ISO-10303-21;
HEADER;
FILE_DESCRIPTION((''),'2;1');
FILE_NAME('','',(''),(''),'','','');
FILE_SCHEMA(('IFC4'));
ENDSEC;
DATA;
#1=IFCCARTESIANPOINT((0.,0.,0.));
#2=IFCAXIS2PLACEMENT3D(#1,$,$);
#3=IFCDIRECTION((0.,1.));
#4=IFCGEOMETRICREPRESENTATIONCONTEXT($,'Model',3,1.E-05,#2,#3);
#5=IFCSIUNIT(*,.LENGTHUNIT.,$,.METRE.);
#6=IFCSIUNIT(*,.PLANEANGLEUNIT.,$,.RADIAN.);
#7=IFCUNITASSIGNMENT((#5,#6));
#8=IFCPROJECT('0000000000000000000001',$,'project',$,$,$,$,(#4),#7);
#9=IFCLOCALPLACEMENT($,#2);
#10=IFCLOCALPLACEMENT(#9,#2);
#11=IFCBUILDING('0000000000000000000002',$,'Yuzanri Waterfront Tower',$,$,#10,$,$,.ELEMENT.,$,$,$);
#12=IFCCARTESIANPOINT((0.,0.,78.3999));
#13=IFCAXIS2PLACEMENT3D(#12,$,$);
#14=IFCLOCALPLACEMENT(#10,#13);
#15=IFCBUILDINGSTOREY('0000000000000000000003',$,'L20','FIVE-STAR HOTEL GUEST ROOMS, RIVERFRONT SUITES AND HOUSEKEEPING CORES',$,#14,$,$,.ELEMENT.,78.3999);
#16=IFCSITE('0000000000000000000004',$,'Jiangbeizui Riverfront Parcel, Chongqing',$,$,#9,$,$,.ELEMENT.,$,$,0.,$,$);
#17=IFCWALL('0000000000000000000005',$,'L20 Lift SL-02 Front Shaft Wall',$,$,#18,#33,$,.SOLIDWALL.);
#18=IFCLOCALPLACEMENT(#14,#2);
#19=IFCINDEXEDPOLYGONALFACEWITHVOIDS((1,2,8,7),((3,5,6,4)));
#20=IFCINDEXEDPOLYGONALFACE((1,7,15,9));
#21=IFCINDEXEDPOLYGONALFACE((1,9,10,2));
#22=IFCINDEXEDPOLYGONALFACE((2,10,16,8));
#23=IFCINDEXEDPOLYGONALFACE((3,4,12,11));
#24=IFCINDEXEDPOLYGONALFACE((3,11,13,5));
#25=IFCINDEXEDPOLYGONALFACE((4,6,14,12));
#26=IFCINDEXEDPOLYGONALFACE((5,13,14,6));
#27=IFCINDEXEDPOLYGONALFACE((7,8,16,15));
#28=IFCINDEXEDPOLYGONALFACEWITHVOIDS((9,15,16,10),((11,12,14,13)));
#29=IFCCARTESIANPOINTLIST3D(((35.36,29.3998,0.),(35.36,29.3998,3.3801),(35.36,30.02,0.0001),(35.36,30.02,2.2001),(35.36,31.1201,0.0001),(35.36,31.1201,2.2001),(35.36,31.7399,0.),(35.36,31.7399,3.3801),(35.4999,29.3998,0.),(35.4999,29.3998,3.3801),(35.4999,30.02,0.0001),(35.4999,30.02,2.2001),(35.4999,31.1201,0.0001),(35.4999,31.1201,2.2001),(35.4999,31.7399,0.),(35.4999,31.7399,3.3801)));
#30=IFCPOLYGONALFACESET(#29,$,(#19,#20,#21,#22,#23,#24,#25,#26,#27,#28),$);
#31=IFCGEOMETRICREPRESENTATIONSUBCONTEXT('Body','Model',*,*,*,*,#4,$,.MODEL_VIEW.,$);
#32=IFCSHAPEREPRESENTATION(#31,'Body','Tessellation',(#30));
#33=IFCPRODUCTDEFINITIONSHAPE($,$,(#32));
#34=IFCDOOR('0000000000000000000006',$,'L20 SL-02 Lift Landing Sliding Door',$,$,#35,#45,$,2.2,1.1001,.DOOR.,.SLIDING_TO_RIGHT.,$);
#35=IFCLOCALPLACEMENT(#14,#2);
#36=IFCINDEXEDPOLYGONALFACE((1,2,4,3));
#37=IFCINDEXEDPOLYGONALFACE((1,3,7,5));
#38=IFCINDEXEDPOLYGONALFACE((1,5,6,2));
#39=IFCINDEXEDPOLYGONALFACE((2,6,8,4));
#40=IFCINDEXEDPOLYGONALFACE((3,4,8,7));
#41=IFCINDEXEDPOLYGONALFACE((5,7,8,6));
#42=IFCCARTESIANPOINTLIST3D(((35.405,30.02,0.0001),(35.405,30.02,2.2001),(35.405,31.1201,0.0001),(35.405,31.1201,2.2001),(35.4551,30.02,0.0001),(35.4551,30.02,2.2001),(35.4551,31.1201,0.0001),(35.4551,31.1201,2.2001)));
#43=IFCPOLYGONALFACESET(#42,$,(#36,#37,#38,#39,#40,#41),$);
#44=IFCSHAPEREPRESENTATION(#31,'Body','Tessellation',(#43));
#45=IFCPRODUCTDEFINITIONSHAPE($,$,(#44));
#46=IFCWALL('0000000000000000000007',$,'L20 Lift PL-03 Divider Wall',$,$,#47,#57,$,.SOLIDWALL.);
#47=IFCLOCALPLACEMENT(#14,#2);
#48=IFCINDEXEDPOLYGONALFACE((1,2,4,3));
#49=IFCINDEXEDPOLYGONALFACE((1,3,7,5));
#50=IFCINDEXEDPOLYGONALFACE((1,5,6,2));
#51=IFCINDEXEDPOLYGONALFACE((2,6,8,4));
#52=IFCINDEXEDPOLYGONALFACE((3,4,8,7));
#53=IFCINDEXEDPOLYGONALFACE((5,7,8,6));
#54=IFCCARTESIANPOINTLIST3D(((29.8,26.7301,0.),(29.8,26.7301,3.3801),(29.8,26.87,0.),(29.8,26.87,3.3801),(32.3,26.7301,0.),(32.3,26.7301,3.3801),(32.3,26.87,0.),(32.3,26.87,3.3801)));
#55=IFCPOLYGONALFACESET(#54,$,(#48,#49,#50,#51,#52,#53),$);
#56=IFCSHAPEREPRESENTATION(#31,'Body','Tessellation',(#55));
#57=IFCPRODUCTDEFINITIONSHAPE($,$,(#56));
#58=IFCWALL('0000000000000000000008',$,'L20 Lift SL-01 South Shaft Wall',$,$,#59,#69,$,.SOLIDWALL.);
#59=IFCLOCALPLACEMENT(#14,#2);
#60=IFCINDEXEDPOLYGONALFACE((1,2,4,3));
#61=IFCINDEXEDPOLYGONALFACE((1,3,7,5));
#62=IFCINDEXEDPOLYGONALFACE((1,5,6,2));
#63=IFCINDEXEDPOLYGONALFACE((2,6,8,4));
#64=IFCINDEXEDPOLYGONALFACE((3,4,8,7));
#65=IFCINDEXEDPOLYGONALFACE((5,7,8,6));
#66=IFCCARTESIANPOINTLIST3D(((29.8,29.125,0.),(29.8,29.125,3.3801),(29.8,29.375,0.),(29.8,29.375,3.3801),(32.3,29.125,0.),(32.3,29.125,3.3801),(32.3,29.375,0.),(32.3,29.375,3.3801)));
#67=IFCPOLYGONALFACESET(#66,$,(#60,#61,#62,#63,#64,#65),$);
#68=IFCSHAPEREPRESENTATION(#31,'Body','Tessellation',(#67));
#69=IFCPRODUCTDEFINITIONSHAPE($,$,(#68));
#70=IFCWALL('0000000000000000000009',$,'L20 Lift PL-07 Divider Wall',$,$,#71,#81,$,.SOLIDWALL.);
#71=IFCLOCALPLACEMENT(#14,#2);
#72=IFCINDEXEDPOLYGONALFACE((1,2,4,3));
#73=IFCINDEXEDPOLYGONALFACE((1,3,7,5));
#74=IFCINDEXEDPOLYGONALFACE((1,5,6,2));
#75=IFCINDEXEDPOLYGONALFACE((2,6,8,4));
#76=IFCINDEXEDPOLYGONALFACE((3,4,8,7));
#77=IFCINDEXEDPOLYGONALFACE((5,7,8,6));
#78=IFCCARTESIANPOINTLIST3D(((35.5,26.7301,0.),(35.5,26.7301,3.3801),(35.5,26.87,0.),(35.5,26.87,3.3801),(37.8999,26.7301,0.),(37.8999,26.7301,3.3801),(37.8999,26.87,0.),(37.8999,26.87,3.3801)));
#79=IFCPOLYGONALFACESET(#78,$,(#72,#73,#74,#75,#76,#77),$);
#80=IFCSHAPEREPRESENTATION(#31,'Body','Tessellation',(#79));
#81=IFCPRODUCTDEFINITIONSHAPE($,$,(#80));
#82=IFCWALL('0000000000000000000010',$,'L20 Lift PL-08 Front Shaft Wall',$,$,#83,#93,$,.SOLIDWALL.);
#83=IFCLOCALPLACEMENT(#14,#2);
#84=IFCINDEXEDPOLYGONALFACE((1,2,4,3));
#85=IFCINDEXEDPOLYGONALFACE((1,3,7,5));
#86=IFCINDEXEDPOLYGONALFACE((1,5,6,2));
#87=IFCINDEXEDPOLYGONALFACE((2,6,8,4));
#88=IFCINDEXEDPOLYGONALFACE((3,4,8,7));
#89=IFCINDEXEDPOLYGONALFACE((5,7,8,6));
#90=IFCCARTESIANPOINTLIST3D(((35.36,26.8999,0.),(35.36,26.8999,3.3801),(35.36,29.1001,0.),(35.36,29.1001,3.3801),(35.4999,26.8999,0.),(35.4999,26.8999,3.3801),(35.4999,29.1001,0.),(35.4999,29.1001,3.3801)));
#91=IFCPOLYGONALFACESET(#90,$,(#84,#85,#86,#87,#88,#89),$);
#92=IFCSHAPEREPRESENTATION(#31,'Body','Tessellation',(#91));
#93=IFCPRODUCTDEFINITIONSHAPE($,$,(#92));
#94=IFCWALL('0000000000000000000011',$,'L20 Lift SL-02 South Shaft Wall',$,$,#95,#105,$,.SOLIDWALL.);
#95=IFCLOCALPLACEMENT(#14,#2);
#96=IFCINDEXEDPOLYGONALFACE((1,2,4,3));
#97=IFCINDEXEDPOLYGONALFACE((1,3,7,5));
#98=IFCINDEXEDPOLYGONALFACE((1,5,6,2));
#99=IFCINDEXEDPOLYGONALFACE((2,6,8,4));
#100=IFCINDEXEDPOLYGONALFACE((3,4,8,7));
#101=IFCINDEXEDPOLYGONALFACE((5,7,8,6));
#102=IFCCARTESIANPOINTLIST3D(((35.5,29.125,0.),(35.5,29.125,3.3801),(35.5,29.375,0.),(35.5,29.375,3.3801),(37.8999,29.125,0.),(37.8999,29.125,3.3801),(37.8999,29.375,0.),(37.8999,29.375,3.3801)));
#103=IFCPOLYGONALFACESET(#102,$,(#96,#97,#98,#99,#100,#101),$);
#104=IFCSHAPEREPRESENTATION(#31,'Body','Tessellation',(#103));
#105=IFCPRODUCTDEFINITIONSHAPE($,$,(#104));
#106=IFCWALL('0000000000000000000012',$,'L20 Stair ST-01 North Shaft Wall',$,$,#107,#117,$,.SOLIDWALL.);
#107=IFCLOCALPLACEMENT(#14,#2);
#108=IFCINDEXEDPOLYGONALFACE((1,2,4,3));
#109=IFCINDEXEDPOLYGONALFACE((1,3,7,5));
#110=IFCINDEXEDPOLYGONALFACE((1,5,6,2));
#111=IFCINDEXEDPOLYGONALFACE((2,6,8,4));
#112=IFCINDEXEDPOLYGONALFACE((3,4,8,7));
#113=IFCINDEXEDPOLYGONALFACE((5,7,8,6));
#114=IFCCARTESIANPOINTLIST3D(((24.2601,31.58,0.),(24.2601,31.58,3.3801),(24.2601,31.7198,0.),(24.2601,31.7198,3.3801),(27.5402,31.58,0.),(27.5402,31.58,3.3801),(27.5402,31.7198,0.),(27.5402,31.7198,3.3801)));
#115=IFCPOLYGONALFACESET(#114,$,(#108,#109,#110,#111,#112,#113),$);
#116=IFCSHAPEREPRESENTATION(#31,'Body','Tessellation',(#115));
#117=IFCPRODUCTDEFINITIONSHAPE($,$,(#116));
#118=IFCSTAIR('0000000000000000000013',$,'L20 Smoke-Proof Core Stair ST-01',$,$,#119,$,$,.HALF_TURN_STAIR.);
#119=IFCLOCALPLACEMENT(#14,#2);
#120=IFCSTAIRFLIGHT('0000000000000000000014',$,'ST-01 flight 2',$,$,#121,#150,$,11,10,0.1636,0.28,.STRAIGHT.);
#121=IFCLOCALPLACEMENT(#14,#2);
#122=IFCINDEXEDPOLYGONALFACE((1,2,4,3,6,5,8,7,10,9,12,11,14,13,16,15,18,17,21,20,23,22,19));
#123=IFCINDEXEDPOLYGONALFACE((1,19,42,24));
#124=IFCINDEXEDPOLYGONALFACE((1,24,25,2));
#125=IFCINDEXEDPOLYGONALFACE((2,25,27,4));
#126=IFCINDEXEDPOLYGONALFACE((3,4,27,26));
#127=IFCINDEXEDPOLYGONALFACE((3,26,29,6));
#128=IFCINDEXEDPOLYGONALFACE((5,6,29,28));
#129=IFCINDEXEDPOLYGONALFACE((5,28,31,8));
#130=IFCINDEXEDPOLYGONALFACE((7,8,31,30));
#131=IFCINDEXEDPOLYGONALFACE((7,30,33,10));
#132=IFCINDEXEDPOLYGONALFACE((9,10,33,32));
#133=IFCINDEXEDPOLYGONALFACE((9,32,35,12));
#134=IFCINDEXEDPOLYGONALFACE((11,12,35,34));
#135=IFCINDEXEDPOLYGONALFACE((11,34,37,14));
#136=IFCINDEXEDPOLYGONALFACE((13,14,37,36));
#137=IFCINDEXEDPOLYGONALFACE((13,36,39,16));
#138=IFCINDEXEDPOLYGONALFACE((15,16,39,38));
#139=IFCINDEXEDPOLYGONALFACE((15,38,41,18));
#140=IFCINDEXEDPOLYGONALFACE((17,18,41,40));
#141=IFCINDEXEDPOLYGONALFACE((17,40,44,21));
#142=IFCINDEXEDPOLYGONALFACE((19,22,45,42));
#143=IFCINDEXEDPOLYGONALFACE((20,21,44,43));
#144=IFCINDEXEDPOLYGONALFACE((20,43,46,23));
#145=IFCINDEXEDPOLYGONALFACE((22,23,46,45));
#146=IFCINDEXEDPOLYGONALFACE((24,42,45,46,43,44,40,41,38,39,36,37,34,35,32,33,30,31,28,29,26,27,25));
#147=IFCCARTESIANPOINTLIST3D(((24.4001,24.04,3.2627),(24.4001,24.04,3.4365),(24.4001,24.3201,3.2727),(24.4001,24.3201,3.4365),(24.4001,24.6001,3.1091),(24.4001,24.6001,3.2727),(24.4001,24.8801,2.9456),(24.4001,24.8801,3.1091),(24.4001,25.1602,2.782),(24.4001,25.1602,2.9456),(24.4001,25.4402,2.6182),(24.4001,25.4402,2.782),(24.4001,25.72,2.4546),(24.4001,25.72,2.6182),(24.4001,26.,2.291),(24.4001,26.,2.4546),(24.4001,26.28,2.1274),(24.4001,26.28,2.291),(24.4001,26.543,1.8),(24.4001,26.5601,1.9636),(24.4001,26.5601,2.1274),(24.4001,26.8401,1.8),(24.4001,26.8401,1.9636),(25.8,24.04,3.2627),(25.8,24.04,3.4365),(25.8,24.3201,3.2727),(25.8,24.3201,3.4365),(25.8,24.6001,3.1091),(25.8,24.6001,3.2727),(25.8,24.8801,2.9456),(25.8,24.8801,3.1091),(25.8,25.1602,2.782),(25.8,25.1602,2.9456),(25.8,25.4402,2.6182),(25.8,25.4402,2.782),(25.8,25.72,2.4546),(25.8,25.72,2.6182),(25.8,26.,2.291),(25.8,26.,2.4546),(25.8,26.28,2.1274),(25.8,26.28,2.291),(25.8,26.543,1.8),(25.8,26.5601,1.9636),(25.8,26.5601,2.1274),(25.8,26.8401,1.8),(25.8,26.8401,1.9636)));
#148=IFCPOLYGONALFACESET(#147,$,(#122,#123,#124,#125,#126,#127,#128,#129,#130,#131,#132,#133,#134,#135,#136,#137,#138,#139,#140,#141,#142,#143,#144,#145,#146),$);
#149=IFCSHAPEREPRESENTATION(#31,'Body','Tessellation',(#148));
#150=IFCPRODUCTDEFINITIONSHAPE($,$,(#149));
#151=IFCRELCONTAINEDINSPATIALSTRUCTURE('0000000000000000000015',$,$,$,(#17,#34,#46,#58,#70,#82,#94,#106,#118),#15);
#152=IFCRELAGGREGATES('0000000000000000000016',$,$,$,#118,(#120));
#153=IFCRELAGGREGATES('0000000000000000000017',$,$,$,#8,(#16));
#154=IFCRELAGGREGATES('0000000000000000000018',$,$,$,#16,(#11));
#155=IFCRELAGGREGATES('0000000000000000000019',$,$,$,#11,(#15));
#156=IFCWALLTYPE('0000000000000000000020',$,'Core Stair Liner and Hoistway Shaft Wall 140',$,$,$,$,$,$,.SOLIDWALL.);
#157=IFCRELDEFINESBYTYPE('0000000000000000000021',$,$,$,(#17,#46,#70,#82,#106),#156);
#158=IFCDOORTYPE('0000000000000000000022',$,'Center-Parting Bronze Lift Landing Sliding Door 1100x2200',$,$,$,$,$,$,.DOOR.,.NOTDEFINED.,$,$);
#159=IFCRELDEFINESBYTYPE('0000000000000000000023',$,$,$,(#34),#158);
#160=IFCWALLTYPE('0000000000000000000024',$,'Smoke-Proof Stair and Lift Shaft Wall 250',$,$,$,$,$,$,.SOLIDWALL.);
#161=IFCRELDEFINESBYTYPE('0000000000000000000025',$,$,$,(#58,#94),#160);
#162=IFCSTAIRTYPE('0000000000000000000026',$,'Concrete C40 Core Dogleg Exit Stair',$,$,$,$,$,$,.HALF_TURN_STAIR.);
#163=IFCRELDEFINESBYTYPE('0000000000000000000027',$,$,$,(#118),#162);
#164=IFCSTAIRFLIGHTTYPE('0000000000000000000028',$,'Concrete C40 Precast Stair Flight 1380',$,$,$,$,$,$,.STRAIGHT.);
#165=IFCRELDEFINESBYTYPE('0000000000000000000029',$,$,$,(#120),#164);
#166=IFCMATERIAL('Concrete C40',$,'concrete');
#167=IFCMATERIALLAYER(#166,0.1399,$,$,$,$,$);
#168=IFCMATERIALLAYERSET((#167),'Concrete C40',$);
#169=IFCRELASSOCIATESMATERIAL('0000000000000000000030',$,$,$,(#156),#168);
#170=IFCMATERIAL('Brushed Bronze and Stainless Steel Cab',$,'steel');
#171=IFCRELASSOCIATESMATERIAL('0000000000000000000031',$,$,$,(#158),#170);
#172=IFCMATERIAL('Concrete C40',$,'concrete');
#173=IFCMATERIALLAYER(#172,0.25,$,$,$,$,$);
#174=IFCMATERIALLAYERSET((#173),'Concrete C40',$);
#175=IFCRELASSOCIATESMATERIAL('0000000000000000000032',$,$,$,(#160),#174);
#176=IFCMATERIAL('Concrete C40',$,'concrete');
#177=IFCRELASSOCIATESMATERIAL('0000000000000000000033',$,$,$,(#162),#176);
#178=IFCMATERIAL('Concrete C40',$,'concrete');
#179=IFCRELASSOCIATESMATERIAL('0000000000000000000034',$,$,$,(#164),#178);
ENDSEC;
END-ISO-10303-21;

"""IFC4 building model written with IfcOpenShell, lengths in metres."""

from ifc_helpers import new_model, si_unit, direction, frame, frame_2d, origin, place, context, subcontext, project, spatial, polyline, rectangle, outline, extrude, source, transform, mapped, material, layer, layer_set, type_object, element, fill, aggregate, save


model = new_model("IFC4")

# Units and contexts
model_context = context("Model", 3, precision=1e-05, world=origin(), true_north=direction((0.0, 1.0)))
body_context = subcontext(model_context, "Body", "Model", "MODEL_VIEW")
ifc_project = project(units=[si_unit("LENGTHUNIT", "METRE"), si_unit("PLANEANGLEUNIT", "RADIAN")], contexts=[model_context])

# Site, building, storey
site_placement = place(None, origin())
site = spatial("IfcSite", under=ifc_project, at=site_placement, Name="Jiangbeizui Riverfront Parcel, Chongqing", CompositionType="ELEMENT", RefElevation=0.0)
building_placement = place(site_placement, origin())
building = spatial("IfcBuilding", under=site, at=building_placement, Name="Yuzanri Waterfront Tower", CompositionType="ELEMENT")
storey_placement = place(building_placement, frame((0.0, 0.0, 78.3999)))
storey = spatial("IfcBuildingStorey", under=building, at=storey_placement, Name="L20", Description="FIVE-STAR HOTEL GUEST ROOMS, RIVERFRONT SUITES AND HOUSEKEEPING CORES", CompositionType="ELEMENT", Elevation=78.3999)

# Wall, opening, door
ifc_material_1 = material(Name="Concrete C40", Category="concrete")
ifc_layer_1 = layer(ifc_material_1, 0.1399)
ifc_layer_set_1 = layer_set([ifc_layer_1], Name="Concrete C40")
wall_type_1 = type_object("IfcWallType", Name="Core Stair Liner and Hoistway Shaft Wall 140", PredefinedType="SOLIDWALL", material=ifc_layer_set_1)
ifc_material_2 = material(Name="Brushed Bronze and Stainless Steel Cab", Category="steel")
door_type_1 = type_object("IfcDoorType", Name="Center-Parting Bronze Lift Landing Sliding Door 1100x2200", OperationType="NOTDEFINED", PredefinedType="DOOR", material=ifc_material_2)
shared_shape_1 = source(origin(), body_context, "Body", "SweptSolid", [
    extrude(rectangle(XDim=1.1001, YDim=2.2, at=frame_2d((0.55, 1.1001))), frame((0.0, 0.0249, 0.0), z_axis=(0.0, -1.0, 0.0), x_axis=(1.0, 0.0, 0.0)), (0.0, 0.0, 1.0), 0.05),
])
wall_1_placement = place(storey_placement, frame((35.4299, 29.3999, 0.0), z_axis=(0.0, 0.0, 1.0), x_axis=(0.0, 1.0, 0.0)))
wall_1 = element("IfcWall", 1, at=wall_1_placement, inside=storey, type_object=wall_type_1, Name="L20 Lift SL-02 Front Shaft Wall", PredefinedType="SOLIDWALL", context=body_context, shape_type="SweptSolid", body=[
    extrude(rectangle(XDim=2.3401, YDim=0.1399, at=frame_2d((1.1699, 0.0))), origin(), (0.0, 0.0, 1.0), 3.3801),
])
opening_1_placement = place(wall_1_placement, frame((0.6201, 0.0, 0.0)))
opening_1 = element("IfcOpeningElement", 2, at=opening_1_placement, cuts=wall_1, PredefinedType="OPENING", context=body_context, shape_type="SweptSolid", body=[
    extrude(rectangle(XDim=1.1001, YDim=2.2, at=frame_2d((0.55, 1.1001))), frame((0.0, 0.085, 0.0), z_axis=(0.0, -1.0, 0.0), x_axis=(1.0, 0.0, 0.0)), (0.0, 0.0, 1.0), 0.1697),
])
door_1_placement = place(opening_1_placement, origin())
door_1 = element("IfcDoor", 3, at=door_1_placement, inside=storey, type_object=door_type_1, Name="L20 SL-02 Lift Landing Sliding Door", OperationType="SLIDING_TO_RIGHT", OverallHeight=2.2, OverallWidth=1.1001, PredefinedType="DOOR", context=body_context, shape_type="MappedRepresentation", body=[
    mapped(shared_shape_1, transform((0.0, 0.0, 0.0), scale=1.0)),
])
fill(opening_1, door_1)

# Walls
shared_shape_2 = source(origin(), body_context, "Body", "SweptSolid", [
    extrude(rectangle(XDim=2.5, YDim=0.1399, at=frame_2d((1.25, 0.0))), origin(), (0.0, 0.0, 1.0), 3.3801),
])
wall_2_placement = place(storey_placement, frame((29.8, 26.8, 0.0), z_axis=(0.0, 0.0, 1.0), x_axis=(1.0, 0.0, 0.0)))
element("IfcWall", 4, at=wall_2_placement, inside=storey, type_object=wall_type_1, Name="L20 Lift PL-03 Divider Wall", PredefinedType="SOLIDWALL", context=body_context, shape_type="MappedRepresentation", body=[
    mapped(shared_shape_2, transform((0.0, 0.0, 0.0), scale=1.0)),
])
ifc_material_3 = material(Name="Concrete C40", Category="concrete")
ifc_layer_2 = layer(ifc_material_3, 0.25)
ifc_layer_set_2 = layer_set([ifc_layer_2], Name="Concrete C40")
wall_type_2 = type_object("IfcWallType", Name="Smoke-Proof Stair and Lift Shaft Wall 250", PredefinedType="SOLIDWALL", material=ifc_layer_set_2)
shared_shape_3 = source(origin(), body_context, "Body", "SweptSolid", [
    extrude(rectangle(XDim=2.5, YDim=0.25, at=frame_2d((1.25, 0.0))), origin(), (0.0, 0.0, 1.0), 3.3801),
])
wall_3_placement = place(storey_placement, frame((29.8, 29.25, 0.0), z_axis=(0.0, 0.0, 1.0), x_axis=(1.0, 0.0, 0.0)))
element("IfcWall", 5, at=wall_3_placement, inside=storey, type_object=wall_type_2, Name="L20 Lift SL-01 South Shaft Wall", PredefinedType="SOLIDWALL", context=body_context, shape_type="MappedRepresentation", body=[
    mapped(shared_shape_3, transform((0.0, 0.0, 0.0), scale=1.0)),
])
shared_shape_4 = source(origin(), body_context, "Body", "SweptSolid", [
    extrude(rectangle(XDim=2.3999, YDim=0.1399, at=frame_2d((1.2, 0.0))), origin(), (0.0, 0.0, 1.0), 3.3801),
])
wall_4_placement = place(storey_placement, frame((35.5, 26.8, 0.0), z_axis=(0.0, 0.0, 1.0), x_axis=(1.0, 0.0, 0.0)))
element("IfcWall", 6, at=wall_4_placement, inside=storey, type_object=wall_type_1, Name="L20 Lift PL-07 Divider Wall", PredefinedType="SOLIDWALL", context=body_context, shape_type="MappedRepresentation", body=[
    mapped(shared_shape_4, transform((0.0, 0.0, 0.0), scale=1.0)),
])
shared_shape_5 = source(origin(), body_context, "Body", "SweptSolid", [
    extrude(rectangle(XDim=2.2002, YDim=0.1399, at=frame_2d((1.1001, 0.0))), origin(), (0.0, 0.0, 1.0), 3.3801),
])
wall_5_placement = place(storey_placement, frame((35.4299, 26.8999, 0.0), z_axis=(0.0, 0.0, 1.0), x_axis=(0.0, 1.0, 0.0)))
element("IfcWall", 7, at=wall_5_placement, inside=storey, type_object=wall_type_1, Name="L20 Lift PL-08 Front Shaft Wall", PredefinedType="SOLIDWALL", context=body_context, shape_type="MappedRepresentation", body=[
    mapped(shared_shape_5, transform((0.0, 0.0, 0.0), scale=1.0)),
])
shared_shape_6 = source(origin(), body_context, "Body", "SweptSolid", [
    extrude(rectangle(XDim=2.3999, YDim=0.25, at=frame_2d((1.2, 0.0))), origin(), (0.0, 0.0, 1.0), 3.3801),
])
wall_6_placement = place(storey_placement, frame((35.5, 29.25, 0.0), z_axis=(0.0, 0.0, 1.0), x_axis=(1.0, 0.0, 0.0)))
element("IfcWall", 8, at=wall_6_placement, inside=storey, type_object=wall_type_2, Name="L20 Lift SL-02 South Shaft Wall", PredefinedType="SOLIDWALL", context=body_context, shape_type="MappedRepresentation", body=[
    mapped(shared_shape_6, transform((0.0, 0.0, 0.0), scale=1.0)),
])
shared_shape_7 = source(origin(), body_context, "Body", "SweptSolid", [
    extrude(rectangle(XDim=3.28, YDim=0.1399, at=frame_2d((1.6401, 0.0))), origin(), (0.0, 0.0, 1.0), 3.3801),
])
wall_7_placement = place(storey_placement, frame((24.26, 31.6499, 0.0), z_axis=(0.0, 0.0, 1.0), x_axis=(1.0, 0.0, 0.0)))
element("IfcWall", 9, at=wall_7_placement, inside=storey, type_object=wall_type_1, Name="L20 Stair ST-01 North Shaft Wall", PredefinedType="SOLIDWALL", context=body_context, shape_type="MappedRepresentation", body=[
    mapped(shared_shape_7, transform((0.0, 0.0, 0.0), scale=1.0)),
])

# Stair, stair flight
ifc_material_4 = material(Name="Concrete C40", Category="concrete")
stair_type = type_object("IfcStairType", Name="Concrete C40 Core Dogleg Exit Stair", PredefinedType="HALF_TURN_STAIR", material=ifc_material_4)
stair_placement = place(storey_placement, origin())
stair = element("IfcStair", 10, at=stair_placement, inside=storey, type_object=stair_type, Name="L20 Smoke-Proof Core Stair ST-01", PredefinedType="HALF_TURN_STAIR")
ifc_material_5 = material(Name="Concrete C40", Category="concrete")
stair_flight_type = type_object("IfcStairFlightType", Name="Concrete C40 Precast Stair Flight 1380", PredefinedType="STRAIGHT", material=ifc_material_5)
shared_shape_8 = source(origin(), body_context, "Body", "SweptSolid", [
    extrude(outline(polyline([(0.0, 0.0), (0.0, 0.1636), (0.28, 0.1636), (0.28, 0.3274), (0.5601, 0.3274), (0.5601, 0.491), (0.8401, 0.491), (0.8401, 0.6545), (1.1201, 0.6545), (1.1201, 0.8181), (1.3999, 0.8181), (1.3999, 0.9819), (1.6799, 0.9819), (1.6799, 1.1455), (1.96, 1.1455), (1.96, 1.3091), (2.24, 1.3091), (2.24, 1.4727), (2.52, 1.4727), (2.52, 1.6365), (2.8, 1.6365), (2.8, 1.8), (2.8, 1.4626), (0.2971, 0.0), (0.0, 0.0)])), frame((0.0, 0.7, 0.0), z_axis=(0.0, -1.0, 0.0), x_axis=(1.0, 0.0, 0.0)), (0.0, 0.0, 1.0), 1.3999),
])
stair_flight_placement = place(storey_placement, frame((25.1001, 26.8401, 1.8), z_axis=(0.0, 0.0, 1.0), x_axis=(0.0, -1.0, 0.0)))
stair_flight = element("IfcStairFlight", 11, at=stair_flight_placement, type_object=stair_flight_type, Name="ST-01 flight 2", NumberOfRisers=11, NumberOfTreads=10, PredefinedType="STRAIGHT", RiserHeight=0.1636, TreadLength=0.28, context=body_context, shape_type="MappedRepresentation", body=[
    mapped(shared_shape_8, transform((0.0, 0.0, 0.0), scale=1.0)),
])
aggregate(stair, [stair_flight])

save(model, "model.ifc")
